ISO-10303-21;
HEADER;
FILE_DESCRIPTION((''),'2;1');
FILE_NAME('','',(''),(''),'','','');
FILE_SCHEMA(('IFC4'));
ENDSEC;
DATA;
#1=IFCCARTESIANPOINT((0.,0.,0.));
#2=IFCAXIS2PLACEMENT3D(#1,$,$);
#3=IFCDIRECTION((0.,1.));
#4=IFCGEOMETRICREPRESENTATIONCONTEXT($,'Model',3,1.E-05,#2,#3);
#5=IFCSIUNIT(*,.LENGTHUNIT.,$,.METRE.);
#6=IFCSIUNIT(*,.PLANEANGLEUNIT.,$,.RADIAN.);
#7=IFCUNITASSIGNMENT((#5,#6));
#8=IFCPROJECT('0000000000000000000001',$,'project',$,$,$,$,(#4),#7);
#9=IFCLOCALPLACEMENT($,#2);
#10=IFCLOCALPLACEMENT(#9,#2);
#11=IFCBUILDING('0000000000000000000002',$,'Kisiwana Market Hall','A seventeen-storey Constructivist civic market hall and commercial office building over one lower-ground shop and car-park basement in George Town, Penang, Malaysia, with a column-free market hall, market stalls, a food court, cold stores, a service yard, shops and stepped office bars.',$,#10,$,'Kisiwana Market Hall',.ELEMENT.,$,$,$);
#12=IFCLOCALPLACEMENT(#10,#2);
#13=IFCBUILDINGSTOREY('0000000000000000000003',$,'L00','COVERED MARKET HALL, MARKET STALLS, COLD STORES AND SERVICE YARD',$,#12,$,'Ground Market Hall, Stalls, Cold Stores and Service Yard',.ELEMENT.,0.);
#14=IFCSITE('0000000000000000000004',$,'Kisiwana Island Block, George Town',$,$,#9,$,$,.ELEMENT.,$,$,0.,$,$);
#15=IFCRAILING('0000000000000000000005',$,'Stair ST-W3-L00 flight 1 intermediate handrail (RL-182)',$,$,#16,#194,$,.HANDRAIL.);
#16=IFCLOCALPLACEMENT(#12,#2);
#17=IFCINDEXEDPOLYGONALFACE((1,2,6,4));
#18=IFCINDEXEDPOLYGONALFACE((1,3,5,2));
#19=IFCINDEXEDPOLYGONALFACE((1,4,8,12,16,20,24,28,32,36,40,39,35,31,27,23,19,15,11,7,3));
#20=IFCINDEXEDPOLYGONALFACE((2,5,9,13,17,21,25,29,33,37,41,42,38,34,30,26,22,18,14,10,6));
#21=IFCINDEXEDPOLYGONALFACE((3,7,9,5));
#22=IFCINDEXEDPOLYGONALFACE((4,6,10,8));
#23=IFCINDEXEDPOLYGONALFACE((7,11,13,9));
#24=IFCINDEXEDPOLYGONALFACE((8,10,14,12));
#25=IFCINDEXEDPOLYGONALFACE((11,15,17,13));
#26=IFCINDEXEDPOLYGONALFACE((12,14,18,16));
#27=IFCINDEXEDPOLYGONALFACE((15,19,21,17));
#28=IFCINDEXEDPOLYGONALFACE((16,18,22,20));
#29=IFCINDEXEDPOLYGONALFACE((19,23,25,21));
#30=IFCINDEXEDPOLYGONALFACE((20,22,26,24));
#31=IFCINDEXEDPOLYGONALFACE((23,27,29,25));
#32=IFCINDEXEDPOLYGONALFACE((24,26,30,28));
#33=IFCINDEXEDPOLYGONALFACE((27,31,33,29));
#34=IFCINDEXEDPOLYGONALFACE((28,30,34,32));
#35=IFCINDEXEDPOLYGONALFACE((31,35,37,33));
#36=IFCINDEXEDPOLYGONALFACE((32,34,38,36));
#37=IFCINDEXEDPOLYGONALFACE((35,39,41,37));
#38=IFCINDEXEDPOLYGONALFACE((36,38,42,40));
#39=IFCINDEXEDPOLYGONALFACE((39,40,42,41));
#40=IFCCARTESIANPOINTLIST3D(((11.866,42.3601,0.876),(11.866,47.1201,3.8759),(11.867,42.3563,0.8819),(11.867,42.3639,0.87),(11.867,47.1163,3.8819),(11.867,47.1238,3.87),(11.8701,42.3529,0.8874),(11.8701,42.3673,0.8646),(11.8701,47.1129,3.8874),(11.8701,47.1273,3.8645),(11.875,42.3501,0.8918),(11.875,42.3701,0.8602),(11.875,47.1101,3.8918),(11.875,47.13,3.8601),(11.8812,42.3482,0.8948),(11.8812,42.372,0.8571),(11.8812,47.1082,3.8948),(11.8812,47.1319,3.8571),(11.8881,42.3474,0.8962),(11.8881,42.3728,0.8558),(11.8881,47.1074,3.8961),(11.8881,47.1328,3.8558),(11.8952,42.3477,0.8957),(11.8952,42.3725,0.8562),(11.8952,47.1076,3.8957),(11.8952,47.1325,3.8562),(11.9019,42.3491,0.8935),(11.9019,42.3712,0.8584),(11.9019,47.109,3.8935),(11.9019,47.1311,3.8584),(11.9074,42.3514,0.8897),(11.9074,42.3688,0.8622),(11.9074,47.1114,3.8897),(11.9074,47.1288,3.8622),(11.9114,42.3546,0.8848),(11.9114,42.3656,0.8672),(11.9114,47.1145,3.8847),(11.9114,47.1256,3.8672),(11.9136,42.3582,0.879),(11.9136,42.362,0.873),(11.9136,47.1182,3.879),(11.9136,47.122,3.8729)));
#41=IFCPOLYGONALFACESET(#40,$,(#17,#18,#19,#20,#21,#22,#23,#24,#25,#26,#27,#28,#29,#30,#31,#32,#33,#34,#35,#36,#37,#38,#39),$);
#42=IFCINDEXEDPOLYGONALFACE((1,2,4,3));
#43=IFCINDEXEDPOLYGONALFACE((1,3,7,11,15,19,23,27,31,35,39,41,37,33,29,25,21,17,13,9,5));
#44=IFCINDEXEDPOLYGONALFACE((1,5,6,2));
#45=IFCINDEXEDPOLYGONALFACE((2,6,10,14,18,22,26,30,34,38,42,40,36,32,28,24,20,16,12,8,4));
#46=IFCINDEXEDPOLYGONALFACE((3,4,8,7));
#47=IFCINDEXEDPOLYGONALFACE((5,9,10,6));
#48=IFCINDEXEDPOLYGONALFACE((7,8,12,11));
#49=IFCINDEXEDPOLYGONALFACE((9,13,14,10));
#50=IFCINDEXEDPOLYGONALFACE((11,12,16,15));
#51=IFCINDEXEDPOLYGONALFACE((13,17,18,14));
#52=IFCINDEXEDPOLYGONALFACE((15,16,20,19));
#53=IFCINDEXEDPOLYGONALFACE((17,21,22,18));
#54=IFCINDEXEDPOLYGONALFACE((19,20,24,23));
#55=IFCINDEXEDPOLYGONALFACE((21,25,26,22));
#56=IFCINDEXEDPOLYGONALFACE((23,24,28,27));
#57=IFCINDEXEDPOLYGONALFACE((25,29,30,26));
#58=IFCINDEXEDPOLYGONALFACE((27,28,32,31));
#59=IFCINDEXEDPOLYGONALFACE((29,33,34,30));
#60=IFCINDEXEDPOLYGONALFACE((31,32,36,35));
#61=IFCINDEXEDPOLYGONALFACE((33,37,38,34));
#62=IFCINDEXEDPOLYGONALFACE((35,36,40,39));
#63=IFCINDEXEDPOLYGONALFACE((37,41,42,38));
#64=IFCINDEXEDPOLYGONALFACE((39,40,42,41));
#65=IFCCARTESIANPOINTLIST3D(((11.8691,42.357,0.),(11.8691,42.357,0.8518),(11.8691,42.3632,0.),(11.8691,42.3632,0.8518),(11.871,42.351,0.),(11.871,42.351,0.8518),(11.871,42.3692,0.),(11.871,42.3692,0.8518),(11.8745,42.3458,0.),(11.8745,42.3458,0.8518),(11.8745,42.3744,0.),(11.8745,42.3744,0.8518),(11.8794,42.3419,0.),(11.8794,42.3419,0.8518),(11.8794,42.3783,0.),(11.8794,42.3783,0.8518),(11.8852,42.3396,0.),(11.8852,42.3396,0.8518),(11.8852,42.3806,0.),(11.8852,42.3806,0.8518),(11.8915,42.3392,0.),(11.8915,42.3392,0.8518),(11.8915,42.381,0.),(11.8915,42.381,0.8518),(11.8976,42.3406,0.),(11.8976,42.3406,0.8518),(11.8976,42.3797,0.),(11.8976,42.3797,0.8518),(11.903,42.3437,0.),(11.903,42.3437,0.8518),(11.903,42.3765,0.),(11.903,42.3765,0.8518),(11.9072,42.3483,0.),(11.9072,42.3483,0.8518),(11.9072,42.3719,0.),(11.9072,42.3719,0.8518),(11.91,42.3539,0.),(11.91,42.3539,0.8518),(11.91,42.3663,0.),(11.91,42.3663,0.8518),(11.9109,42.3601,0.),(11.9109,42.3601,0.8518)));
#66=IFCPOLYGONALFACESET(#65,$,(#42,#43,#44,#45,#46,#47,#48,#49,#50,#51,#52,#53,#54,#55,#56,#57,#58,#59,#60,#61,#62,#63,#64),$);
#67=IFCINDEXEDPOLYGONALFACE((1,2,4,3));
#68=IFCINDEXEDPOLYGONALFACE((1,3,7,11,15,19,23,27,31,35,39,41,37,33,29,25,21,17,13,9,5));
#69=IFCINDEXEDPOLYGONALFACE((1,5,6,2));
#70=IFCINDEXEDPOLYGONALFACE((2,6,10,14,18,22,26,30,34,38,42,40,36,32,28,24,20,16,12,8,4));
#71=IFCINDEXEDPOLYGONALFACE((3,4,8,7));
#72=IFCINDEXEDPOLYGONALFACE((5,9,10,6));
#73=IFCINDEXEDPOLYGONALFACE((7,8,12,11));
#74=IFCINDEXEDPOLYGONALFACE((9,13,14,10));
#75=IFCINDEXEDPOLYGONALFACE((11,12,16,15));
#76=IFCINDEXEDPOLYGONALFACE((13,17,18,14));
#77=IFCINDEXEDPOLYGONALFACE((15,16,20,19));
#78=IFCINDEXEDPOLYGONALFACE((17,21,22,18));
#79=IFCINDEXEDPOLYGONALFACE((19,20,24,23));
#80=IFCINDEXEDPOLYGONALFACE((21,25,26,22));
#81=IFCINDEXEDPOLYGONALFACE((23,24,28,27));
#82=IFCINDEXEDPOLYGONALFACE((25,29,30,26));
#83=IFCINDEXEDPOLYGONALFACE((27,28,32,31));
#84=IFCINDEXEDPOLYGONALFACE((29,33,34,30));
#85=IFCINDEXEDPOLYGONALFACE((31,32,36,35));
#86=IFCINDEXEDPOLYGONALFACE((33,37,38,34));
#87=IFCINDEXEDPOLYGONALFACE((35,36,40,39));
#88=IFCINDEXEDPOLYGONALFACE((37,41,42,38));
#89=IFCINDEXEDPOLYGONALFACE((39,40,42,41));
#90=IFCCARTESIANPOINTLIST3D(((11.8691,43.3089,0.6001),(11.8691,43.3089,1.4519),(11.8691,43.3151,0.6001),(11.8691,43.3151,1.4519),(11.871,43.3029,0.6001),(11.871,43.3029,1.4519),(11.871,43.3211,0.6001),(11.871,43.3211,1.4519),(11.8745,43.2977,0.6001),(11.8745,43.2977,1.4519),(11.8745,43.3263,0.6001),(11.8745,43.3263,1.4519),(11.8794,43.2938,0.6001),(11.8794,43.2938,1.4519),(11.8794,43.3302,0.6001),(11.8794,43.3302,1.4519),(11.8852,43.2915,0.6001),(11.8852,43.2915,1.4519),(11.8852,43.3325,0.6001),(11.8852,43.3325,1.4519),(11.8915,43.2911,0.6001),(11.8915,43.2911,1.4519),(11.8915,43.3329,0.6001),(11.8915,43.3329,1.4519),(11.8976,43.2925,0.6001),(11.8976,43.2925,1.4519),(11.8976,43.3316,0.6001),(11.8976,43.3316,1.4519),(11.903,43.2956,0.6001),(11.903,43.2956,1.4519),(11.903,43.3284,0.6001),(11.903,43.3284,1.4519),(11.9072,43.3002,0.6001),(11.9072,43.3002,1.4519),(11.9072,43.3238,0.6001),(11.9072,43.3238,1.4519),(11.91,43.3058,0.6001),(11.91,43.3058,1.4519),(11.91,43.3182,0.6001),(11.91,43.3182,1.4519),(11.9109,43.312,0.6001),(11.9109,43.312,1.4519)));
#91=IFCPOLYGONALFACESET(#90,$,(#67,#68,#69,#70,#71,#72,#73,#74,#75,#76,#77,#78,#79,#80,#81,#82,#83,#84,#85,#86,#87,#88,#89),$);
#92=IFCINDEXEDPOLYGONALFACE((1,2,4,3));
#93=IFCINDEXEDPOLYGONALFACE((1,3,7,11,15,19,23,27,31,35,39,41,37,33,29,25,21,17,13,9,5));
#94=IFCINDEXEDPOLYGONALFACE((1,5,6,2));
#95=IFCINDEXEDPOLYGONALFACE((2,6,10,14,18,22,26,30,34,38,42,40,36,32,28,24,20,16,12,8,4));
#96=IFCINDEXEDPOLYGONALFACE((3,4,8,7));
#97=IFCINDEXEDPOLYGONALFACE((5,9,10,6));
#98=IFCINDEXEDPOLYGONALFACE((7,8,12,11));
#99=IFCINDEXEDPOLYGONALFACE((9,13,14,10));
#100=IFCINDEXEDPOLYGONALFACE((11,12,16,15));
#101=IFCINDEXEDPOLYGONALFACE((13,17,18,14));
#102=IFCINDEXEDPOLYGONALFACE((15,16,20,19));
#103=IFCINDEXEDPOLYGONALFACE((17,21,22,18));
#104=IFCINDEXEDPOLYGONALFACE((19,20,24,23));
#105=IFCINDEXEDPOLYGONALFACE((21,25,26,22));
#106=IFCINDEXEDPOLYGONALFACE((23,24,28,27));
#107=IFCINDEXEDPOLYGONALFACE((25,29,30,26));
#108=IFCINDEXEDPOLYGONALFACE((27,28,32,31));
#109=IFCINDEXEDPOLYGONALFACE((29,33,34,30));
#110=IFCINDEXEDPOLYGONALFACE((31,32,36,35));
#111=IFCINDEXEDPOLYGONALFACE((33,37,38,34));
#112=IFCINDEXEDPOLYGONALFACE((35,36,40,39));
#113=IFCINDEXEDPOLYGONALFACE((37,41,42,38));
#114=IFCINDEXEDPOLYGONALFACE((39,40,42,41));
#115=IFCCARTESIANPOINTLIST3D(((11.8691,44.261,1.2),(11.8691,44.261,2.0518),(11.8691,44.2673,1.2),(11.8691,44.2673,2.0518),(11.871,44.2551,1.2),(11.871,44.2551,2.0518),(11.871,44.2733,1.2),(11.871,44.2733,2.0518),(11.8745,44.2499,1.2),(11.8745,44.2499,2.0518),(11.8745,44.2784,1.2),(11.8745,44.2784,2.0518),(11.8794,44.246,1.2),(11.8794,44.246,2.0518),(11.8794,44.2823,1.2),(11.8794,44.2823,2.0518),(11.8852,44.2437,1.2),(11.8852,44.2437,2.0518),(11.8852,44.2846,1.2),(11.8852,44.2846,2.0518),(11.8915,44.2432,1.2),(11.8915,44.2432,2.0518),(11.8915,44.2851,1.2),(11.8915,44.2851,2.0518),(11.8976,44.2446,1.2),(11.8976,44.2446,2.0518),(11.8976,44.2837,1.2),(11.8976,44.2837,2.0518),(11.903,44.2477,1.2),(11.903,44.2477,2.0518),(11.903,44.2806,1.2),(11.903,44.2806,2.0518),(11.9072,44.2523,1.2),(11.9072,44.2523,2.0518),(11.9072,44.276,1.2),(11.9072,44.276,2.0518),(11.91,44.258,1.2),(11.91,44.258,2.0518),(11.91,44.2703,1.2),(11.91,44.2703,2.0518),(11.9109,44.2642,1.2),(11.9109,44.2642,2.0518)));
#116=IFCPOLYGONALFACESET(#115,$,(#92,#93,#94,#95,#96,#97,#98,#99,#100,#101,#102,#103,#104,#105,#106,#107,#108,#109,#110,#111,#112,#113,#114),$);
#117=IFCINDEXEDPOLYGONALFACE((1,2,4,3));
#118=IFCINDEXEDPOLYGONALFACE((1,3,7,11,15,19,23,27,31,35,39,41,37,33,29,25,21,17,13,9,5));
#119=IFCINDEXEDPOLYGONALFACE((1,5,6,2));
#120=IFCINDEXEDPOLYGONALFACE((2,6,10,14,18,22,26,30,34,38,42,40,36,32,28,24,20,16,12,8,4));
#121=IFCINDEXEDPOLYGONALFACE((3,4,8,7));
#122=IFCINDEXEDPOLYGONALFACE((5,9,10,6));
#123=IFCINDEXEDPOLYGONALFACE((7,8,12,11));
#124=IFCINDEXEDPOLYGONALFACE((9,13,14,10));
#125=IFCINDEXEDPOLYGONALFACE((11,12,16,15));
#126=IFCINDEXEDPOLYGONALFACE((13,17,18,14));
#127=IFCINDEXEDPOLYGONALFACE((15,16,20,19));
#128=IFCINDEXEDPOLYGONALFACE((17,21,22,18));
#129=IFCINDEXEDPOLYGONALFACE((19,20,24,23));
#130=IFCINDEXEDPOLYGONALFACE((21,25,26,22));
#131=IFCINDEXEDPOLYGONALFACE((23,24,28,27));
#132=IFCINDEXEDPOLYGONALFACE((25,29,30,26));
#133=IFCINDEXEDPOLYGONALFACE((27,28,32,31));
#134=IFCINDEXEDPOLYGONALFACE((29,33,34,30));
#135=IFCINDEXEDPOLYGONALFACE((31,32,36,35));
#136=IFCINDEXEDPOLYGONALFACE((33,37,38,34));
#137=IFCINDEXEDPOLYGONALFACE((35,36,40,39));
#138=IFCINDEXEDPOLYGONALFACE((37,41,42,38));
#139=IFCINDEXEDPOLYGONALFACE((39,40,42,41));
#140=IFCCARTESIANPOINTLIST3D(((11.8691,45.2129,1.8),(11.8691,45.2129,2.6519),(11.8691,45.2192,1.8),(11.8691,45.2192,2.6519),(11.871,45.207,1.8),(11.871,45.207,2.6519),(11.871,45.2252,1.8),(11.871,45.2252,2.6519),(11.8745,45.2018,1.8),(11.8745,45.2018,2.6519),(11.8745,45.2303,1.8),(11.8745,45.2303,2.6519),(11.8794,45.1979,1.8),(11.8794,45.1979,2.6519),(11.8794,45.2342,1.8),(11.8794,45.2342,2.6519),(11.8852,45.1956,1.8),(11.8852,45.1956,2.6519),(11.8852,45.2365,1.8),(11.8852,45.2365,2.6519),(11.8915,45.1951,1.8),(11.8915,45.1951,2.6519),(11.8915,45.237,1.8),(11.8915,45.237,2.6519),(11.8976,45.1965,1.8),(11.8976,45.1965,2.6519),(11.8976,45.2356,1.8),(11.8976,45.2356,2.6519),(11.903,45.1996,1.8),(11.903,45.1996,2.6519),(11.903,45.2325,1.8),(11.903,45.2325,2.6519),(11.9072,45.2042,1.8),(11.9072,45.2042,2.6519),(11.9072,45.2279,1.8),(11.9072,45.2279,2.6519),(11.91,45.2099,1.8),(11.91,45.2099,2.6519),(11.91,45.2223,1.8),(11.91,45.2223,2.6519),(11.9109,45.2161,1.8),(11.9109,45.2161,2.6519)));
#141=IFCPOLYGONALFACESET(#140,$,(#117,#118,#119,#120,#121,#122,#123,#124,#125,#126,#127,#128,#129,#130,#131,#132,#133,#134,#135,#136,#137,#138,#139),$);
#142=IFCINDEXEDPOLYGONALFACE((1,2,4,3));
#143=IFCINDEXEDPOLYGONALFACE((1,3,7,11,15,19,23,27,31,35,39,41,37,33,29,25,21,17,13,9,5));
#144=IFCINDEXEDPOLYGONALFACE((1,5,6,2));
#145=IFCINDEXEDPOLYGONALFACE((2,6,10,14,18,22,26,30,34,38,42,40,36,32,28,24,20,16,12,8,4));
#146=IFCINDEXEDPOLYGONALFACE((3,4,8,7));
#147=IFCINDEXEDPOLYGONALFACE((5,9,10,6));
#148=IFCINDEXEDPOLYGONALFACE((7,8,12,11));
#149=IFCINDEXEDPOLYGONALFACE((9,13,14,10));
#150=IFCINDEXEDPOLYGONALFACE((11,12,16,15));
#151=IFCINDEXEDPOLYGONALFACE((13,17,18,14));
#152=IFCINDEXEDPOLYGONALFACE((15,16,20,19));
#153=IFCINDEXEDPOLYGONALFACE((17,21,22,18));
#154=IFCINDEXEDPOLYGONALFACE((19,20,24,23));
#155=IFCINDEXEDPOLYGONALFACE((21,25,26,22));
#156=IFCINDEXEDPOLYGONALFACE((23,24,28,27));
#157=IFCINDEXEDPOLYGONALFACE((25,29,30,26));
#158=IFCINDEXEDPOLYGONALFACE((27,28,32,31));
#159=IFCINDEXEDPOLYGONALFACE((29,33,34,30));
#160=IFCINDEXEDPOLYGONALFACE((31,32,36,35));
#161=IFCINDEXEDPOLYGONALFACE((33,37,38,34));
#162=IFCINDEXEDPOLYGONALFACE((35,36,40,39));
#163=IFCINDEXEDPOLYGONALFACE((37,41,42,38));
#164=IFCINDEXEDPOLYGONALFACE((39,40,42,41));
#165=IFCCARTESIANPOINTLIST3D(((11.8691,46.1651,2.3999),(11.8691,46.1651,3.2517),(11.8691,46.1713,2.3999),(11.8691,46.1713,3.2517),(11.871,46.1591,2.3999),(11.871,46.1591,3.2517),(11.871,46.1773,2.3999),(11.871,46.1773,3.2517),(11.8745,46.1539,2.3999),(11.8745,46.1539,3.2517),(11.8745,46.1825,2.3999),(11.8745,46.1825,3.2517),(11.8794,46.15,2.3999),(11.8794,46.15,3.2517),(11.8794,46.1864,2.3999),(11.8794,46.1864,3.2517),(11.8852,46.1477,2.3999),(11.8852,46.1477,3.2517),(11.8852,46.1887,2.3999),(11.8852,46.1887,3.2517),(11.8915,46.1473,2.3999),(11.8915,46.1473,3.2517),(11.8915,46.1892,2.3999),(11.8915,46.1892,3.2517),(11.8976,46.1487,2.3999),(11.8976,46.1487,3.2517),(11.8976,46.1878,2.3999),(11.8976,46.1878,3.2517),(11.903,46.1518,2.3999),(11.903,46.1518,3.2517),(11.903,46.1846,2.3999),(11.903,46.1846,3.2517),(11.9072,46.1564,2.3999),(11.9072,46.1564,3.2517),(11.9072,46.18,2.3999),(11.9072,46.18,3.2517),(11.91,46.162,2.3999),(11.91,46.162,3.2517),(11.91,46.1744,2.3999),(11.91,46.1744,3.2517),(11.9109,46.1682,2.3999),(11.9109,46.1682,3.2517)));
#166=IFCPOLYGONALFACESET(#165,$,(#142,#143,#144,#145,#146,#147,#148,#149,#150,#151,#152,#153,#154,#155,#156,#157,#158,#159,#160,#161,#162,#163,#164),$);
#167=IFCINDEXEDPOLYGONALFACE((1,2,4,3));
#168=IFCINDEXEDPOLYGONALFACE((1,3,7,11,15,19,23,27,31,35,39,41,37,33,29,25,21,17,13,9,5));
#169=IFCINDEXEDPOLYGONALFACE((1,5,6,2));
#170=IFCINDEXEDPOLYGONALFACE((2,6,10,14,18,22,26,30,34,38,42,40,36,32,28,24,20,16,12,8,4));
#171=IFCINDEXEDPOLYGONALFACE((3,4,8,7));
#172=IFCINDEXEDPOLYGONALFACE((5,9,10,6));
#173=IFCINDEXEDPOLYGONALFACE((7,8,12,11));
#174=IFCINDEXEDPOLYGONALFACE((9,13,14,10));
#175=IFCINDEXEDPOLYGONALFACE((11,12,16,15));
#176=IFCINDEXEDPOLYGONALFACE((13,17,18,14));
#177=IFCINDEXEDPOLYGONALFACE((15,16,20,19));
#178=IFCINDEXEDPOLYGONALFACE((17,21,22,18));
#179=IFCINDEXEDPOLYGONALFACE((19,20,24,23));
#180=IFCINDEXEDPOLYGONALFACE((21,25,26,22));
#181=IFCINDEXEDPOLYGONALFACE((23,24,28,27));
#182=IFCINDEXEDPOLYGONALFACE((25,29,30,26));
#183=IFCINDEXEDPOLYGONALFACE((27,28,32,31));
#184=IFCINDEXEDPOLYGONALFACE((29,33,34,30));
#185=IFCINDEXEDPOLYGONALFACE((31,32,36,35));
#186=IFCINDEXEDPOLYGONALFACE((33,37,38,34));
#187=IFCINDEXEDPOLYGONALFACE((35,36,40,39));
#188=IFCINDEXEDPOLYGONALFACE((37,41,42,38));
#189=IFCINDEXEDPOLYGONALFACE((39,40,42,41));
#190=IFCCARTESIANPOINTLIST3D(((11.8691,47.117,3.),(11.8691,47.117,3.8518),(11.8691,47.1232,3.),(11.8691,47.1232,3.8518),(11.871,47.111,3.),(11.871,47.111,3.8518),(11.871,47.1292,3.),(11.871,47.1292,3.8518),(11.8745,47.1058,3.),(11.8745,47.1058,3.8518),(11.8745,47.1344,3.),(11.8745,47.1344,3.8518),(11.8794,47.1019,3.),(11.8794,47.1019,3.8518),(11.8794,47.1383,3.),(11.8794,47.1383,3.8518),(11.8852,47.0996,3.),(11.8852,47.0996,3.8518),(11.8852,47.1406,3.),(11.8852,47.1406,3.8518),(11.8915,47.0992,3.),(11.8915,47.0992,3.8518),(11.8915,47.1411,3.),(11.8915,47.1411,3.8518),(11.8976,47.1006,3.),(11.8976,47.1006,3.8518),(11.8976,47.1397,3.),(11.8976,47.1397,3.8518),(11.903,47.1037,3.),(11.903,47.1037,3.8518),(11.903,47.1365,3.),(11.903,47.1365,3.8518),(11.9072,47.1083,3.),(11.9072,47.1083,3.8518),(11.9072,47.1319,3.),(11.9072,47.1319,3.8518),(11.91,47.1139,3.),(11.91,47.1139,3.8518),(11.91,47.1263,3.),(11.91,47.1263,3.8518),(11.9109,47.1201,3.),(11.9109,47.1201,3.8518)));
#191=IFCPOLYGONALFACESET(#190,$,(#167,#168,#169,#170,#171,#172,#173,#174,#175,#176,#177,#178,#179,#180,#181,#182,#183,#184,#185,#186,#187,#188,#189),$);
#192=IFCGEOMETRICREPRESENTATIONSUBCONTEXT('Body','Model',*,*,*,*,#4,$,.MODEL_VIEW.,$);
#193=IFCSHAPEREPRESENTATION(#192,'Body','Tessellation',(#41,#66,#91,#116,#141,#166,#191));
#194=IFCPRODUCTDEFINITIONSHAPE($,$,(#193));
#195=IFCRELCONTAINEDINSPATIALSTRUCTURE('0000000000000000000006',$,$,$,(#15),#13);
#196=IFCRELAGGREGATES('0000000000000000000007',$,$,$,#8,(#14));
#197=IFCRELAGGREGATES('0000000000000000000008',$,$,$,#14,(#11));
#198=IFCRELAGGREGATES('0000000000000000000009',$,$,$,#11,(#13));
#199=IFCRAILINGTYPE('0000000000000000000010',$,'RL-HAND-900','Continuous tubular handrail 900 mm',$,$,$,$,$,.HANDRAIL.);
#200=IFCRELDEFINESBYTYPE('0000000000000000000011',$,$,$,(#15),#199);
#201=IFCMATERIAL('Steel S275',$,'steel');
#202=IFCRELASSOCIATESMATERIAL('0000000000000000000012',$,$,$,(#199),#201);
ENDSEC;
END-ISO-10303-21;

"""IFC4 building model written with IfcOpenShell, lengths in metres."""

from ifc_helpers import new_model, si_unit, direction, frame, origin, origin_2d, place, context, subcontext, project, spatial, circle, extrude, material, type_object, element, save


model = new_model("IFC4")

# Units and contexts
model_context = context("Model", 3, precision=1e-05, world=origin(), true_north=direction((0.0, 1.0)))
body_context = subcontext(model_context, "Body", "Model", "MODEL_VIEW")
ifc_project = project(units=[si_unit("LENGTHUNIT", "METRE"), si_unit("PLANEANGLEUNIT", "RADIAN")], contexts=[model_context])

# Site, building, storey
site_placement = place(None, origin())
site = spatial("IfcSite", under=ifc_project, at=site_placement, Name="Kisiwana Island Block, George Town", CompositionType="ELEMENT", RefElevation=0.0)
building_placement = place(site_placement, origin())
building = spatial("IfcBuilding", under=site, at=building_placement, Name="Kisiwana Market Hall", Description="A seventeen-storey Constructivist civic market hall and commercial office building over one lower-ground shop and car-park basement in George Town, Penang, Malaysia, with a column-free market hall, market stalls, a food court, cold stores, a service yard, shops and stepped office bars.", LongName="Kisiwana Market Hall", CompositionType="ELEMENT")
storey_placement = place(building_placement, origin())
storey = spatial("IfcBuildingStorey", under=building, at=storey_placement, Name="L00", Description="COVERED MARKET HALL, MARKET STALLS, COLD STORES AND SERVICE YARD", LongName="Ground Market Hall, Stalls, Cold Stores and Service Yard", CompositionType="ELEMENT", Elevation=0.0)

# Railing
ifc_material_1 = material(Name="Steel S275", Category="steel")
railing_type_1 = type_object("IfcRailingType", Name="RL-HAND-900", Description="Continuous tubular handrail 900 mm", PredefinedType="HANDRAIL", material=ifc_material_1)
railing_1_placement = place(storey_placement, frame((11.8899, 42.3601, 0.0)))
element("IfcRailing", 1, at=railing_1_placement, inside=storey, type_object=railing_type_1, Name="Stair ST-W3-L00 flight 1 intermediate handrail (RL-182)", PredefinedType="HANDRAIL", context=body_context, shape_type="SweptSolid", body=[
    extrude(circle(Radius=0.0239, at=origin_2d()), frame((0.0, 0.0, 0.876), z_axis=(0.0, 0.845996, 0.53319), x_axis=(-1.0, 0.0, 0.0)), (0.0, 0.0, 1.0), 5.6265),
    extrude(circle(Radius=0.021, at=origin_2d()), origin(), (0.0, 0.0, 1.0), 0.8518),
    extrude(circle(Radius=0.021, at=origin_2d()), frame((0.0, 0.9519, 0.6001)), (0.0, 0.0, 1.0), 0.8518),
    extrude(circle(Radius=0.021, at=origin_2d()), frame((0.0, 1.9041, 1.2)), (0.0, 0.0, 1.0), 0.8518),
    extrude(circle(Radius=0.021, at=origin_2d()), frame((0.0, 2.856, 1.8)), (0.0, 0.0, 1.0), 0.8518),
    extrude(circle(Radius=0.021, at=origin_2d()), frame((0.0, 3.8081, 2.3999)), (0.0, 0.0, 1.0), 0.8518),
    extrude(circle(Radius=0.021, at=origin_2d()), frame((0.0, 4.76, 3.0)), (0.0, 0.0, 1.0), 0.8518),
])

save(model, "model.ifc")
